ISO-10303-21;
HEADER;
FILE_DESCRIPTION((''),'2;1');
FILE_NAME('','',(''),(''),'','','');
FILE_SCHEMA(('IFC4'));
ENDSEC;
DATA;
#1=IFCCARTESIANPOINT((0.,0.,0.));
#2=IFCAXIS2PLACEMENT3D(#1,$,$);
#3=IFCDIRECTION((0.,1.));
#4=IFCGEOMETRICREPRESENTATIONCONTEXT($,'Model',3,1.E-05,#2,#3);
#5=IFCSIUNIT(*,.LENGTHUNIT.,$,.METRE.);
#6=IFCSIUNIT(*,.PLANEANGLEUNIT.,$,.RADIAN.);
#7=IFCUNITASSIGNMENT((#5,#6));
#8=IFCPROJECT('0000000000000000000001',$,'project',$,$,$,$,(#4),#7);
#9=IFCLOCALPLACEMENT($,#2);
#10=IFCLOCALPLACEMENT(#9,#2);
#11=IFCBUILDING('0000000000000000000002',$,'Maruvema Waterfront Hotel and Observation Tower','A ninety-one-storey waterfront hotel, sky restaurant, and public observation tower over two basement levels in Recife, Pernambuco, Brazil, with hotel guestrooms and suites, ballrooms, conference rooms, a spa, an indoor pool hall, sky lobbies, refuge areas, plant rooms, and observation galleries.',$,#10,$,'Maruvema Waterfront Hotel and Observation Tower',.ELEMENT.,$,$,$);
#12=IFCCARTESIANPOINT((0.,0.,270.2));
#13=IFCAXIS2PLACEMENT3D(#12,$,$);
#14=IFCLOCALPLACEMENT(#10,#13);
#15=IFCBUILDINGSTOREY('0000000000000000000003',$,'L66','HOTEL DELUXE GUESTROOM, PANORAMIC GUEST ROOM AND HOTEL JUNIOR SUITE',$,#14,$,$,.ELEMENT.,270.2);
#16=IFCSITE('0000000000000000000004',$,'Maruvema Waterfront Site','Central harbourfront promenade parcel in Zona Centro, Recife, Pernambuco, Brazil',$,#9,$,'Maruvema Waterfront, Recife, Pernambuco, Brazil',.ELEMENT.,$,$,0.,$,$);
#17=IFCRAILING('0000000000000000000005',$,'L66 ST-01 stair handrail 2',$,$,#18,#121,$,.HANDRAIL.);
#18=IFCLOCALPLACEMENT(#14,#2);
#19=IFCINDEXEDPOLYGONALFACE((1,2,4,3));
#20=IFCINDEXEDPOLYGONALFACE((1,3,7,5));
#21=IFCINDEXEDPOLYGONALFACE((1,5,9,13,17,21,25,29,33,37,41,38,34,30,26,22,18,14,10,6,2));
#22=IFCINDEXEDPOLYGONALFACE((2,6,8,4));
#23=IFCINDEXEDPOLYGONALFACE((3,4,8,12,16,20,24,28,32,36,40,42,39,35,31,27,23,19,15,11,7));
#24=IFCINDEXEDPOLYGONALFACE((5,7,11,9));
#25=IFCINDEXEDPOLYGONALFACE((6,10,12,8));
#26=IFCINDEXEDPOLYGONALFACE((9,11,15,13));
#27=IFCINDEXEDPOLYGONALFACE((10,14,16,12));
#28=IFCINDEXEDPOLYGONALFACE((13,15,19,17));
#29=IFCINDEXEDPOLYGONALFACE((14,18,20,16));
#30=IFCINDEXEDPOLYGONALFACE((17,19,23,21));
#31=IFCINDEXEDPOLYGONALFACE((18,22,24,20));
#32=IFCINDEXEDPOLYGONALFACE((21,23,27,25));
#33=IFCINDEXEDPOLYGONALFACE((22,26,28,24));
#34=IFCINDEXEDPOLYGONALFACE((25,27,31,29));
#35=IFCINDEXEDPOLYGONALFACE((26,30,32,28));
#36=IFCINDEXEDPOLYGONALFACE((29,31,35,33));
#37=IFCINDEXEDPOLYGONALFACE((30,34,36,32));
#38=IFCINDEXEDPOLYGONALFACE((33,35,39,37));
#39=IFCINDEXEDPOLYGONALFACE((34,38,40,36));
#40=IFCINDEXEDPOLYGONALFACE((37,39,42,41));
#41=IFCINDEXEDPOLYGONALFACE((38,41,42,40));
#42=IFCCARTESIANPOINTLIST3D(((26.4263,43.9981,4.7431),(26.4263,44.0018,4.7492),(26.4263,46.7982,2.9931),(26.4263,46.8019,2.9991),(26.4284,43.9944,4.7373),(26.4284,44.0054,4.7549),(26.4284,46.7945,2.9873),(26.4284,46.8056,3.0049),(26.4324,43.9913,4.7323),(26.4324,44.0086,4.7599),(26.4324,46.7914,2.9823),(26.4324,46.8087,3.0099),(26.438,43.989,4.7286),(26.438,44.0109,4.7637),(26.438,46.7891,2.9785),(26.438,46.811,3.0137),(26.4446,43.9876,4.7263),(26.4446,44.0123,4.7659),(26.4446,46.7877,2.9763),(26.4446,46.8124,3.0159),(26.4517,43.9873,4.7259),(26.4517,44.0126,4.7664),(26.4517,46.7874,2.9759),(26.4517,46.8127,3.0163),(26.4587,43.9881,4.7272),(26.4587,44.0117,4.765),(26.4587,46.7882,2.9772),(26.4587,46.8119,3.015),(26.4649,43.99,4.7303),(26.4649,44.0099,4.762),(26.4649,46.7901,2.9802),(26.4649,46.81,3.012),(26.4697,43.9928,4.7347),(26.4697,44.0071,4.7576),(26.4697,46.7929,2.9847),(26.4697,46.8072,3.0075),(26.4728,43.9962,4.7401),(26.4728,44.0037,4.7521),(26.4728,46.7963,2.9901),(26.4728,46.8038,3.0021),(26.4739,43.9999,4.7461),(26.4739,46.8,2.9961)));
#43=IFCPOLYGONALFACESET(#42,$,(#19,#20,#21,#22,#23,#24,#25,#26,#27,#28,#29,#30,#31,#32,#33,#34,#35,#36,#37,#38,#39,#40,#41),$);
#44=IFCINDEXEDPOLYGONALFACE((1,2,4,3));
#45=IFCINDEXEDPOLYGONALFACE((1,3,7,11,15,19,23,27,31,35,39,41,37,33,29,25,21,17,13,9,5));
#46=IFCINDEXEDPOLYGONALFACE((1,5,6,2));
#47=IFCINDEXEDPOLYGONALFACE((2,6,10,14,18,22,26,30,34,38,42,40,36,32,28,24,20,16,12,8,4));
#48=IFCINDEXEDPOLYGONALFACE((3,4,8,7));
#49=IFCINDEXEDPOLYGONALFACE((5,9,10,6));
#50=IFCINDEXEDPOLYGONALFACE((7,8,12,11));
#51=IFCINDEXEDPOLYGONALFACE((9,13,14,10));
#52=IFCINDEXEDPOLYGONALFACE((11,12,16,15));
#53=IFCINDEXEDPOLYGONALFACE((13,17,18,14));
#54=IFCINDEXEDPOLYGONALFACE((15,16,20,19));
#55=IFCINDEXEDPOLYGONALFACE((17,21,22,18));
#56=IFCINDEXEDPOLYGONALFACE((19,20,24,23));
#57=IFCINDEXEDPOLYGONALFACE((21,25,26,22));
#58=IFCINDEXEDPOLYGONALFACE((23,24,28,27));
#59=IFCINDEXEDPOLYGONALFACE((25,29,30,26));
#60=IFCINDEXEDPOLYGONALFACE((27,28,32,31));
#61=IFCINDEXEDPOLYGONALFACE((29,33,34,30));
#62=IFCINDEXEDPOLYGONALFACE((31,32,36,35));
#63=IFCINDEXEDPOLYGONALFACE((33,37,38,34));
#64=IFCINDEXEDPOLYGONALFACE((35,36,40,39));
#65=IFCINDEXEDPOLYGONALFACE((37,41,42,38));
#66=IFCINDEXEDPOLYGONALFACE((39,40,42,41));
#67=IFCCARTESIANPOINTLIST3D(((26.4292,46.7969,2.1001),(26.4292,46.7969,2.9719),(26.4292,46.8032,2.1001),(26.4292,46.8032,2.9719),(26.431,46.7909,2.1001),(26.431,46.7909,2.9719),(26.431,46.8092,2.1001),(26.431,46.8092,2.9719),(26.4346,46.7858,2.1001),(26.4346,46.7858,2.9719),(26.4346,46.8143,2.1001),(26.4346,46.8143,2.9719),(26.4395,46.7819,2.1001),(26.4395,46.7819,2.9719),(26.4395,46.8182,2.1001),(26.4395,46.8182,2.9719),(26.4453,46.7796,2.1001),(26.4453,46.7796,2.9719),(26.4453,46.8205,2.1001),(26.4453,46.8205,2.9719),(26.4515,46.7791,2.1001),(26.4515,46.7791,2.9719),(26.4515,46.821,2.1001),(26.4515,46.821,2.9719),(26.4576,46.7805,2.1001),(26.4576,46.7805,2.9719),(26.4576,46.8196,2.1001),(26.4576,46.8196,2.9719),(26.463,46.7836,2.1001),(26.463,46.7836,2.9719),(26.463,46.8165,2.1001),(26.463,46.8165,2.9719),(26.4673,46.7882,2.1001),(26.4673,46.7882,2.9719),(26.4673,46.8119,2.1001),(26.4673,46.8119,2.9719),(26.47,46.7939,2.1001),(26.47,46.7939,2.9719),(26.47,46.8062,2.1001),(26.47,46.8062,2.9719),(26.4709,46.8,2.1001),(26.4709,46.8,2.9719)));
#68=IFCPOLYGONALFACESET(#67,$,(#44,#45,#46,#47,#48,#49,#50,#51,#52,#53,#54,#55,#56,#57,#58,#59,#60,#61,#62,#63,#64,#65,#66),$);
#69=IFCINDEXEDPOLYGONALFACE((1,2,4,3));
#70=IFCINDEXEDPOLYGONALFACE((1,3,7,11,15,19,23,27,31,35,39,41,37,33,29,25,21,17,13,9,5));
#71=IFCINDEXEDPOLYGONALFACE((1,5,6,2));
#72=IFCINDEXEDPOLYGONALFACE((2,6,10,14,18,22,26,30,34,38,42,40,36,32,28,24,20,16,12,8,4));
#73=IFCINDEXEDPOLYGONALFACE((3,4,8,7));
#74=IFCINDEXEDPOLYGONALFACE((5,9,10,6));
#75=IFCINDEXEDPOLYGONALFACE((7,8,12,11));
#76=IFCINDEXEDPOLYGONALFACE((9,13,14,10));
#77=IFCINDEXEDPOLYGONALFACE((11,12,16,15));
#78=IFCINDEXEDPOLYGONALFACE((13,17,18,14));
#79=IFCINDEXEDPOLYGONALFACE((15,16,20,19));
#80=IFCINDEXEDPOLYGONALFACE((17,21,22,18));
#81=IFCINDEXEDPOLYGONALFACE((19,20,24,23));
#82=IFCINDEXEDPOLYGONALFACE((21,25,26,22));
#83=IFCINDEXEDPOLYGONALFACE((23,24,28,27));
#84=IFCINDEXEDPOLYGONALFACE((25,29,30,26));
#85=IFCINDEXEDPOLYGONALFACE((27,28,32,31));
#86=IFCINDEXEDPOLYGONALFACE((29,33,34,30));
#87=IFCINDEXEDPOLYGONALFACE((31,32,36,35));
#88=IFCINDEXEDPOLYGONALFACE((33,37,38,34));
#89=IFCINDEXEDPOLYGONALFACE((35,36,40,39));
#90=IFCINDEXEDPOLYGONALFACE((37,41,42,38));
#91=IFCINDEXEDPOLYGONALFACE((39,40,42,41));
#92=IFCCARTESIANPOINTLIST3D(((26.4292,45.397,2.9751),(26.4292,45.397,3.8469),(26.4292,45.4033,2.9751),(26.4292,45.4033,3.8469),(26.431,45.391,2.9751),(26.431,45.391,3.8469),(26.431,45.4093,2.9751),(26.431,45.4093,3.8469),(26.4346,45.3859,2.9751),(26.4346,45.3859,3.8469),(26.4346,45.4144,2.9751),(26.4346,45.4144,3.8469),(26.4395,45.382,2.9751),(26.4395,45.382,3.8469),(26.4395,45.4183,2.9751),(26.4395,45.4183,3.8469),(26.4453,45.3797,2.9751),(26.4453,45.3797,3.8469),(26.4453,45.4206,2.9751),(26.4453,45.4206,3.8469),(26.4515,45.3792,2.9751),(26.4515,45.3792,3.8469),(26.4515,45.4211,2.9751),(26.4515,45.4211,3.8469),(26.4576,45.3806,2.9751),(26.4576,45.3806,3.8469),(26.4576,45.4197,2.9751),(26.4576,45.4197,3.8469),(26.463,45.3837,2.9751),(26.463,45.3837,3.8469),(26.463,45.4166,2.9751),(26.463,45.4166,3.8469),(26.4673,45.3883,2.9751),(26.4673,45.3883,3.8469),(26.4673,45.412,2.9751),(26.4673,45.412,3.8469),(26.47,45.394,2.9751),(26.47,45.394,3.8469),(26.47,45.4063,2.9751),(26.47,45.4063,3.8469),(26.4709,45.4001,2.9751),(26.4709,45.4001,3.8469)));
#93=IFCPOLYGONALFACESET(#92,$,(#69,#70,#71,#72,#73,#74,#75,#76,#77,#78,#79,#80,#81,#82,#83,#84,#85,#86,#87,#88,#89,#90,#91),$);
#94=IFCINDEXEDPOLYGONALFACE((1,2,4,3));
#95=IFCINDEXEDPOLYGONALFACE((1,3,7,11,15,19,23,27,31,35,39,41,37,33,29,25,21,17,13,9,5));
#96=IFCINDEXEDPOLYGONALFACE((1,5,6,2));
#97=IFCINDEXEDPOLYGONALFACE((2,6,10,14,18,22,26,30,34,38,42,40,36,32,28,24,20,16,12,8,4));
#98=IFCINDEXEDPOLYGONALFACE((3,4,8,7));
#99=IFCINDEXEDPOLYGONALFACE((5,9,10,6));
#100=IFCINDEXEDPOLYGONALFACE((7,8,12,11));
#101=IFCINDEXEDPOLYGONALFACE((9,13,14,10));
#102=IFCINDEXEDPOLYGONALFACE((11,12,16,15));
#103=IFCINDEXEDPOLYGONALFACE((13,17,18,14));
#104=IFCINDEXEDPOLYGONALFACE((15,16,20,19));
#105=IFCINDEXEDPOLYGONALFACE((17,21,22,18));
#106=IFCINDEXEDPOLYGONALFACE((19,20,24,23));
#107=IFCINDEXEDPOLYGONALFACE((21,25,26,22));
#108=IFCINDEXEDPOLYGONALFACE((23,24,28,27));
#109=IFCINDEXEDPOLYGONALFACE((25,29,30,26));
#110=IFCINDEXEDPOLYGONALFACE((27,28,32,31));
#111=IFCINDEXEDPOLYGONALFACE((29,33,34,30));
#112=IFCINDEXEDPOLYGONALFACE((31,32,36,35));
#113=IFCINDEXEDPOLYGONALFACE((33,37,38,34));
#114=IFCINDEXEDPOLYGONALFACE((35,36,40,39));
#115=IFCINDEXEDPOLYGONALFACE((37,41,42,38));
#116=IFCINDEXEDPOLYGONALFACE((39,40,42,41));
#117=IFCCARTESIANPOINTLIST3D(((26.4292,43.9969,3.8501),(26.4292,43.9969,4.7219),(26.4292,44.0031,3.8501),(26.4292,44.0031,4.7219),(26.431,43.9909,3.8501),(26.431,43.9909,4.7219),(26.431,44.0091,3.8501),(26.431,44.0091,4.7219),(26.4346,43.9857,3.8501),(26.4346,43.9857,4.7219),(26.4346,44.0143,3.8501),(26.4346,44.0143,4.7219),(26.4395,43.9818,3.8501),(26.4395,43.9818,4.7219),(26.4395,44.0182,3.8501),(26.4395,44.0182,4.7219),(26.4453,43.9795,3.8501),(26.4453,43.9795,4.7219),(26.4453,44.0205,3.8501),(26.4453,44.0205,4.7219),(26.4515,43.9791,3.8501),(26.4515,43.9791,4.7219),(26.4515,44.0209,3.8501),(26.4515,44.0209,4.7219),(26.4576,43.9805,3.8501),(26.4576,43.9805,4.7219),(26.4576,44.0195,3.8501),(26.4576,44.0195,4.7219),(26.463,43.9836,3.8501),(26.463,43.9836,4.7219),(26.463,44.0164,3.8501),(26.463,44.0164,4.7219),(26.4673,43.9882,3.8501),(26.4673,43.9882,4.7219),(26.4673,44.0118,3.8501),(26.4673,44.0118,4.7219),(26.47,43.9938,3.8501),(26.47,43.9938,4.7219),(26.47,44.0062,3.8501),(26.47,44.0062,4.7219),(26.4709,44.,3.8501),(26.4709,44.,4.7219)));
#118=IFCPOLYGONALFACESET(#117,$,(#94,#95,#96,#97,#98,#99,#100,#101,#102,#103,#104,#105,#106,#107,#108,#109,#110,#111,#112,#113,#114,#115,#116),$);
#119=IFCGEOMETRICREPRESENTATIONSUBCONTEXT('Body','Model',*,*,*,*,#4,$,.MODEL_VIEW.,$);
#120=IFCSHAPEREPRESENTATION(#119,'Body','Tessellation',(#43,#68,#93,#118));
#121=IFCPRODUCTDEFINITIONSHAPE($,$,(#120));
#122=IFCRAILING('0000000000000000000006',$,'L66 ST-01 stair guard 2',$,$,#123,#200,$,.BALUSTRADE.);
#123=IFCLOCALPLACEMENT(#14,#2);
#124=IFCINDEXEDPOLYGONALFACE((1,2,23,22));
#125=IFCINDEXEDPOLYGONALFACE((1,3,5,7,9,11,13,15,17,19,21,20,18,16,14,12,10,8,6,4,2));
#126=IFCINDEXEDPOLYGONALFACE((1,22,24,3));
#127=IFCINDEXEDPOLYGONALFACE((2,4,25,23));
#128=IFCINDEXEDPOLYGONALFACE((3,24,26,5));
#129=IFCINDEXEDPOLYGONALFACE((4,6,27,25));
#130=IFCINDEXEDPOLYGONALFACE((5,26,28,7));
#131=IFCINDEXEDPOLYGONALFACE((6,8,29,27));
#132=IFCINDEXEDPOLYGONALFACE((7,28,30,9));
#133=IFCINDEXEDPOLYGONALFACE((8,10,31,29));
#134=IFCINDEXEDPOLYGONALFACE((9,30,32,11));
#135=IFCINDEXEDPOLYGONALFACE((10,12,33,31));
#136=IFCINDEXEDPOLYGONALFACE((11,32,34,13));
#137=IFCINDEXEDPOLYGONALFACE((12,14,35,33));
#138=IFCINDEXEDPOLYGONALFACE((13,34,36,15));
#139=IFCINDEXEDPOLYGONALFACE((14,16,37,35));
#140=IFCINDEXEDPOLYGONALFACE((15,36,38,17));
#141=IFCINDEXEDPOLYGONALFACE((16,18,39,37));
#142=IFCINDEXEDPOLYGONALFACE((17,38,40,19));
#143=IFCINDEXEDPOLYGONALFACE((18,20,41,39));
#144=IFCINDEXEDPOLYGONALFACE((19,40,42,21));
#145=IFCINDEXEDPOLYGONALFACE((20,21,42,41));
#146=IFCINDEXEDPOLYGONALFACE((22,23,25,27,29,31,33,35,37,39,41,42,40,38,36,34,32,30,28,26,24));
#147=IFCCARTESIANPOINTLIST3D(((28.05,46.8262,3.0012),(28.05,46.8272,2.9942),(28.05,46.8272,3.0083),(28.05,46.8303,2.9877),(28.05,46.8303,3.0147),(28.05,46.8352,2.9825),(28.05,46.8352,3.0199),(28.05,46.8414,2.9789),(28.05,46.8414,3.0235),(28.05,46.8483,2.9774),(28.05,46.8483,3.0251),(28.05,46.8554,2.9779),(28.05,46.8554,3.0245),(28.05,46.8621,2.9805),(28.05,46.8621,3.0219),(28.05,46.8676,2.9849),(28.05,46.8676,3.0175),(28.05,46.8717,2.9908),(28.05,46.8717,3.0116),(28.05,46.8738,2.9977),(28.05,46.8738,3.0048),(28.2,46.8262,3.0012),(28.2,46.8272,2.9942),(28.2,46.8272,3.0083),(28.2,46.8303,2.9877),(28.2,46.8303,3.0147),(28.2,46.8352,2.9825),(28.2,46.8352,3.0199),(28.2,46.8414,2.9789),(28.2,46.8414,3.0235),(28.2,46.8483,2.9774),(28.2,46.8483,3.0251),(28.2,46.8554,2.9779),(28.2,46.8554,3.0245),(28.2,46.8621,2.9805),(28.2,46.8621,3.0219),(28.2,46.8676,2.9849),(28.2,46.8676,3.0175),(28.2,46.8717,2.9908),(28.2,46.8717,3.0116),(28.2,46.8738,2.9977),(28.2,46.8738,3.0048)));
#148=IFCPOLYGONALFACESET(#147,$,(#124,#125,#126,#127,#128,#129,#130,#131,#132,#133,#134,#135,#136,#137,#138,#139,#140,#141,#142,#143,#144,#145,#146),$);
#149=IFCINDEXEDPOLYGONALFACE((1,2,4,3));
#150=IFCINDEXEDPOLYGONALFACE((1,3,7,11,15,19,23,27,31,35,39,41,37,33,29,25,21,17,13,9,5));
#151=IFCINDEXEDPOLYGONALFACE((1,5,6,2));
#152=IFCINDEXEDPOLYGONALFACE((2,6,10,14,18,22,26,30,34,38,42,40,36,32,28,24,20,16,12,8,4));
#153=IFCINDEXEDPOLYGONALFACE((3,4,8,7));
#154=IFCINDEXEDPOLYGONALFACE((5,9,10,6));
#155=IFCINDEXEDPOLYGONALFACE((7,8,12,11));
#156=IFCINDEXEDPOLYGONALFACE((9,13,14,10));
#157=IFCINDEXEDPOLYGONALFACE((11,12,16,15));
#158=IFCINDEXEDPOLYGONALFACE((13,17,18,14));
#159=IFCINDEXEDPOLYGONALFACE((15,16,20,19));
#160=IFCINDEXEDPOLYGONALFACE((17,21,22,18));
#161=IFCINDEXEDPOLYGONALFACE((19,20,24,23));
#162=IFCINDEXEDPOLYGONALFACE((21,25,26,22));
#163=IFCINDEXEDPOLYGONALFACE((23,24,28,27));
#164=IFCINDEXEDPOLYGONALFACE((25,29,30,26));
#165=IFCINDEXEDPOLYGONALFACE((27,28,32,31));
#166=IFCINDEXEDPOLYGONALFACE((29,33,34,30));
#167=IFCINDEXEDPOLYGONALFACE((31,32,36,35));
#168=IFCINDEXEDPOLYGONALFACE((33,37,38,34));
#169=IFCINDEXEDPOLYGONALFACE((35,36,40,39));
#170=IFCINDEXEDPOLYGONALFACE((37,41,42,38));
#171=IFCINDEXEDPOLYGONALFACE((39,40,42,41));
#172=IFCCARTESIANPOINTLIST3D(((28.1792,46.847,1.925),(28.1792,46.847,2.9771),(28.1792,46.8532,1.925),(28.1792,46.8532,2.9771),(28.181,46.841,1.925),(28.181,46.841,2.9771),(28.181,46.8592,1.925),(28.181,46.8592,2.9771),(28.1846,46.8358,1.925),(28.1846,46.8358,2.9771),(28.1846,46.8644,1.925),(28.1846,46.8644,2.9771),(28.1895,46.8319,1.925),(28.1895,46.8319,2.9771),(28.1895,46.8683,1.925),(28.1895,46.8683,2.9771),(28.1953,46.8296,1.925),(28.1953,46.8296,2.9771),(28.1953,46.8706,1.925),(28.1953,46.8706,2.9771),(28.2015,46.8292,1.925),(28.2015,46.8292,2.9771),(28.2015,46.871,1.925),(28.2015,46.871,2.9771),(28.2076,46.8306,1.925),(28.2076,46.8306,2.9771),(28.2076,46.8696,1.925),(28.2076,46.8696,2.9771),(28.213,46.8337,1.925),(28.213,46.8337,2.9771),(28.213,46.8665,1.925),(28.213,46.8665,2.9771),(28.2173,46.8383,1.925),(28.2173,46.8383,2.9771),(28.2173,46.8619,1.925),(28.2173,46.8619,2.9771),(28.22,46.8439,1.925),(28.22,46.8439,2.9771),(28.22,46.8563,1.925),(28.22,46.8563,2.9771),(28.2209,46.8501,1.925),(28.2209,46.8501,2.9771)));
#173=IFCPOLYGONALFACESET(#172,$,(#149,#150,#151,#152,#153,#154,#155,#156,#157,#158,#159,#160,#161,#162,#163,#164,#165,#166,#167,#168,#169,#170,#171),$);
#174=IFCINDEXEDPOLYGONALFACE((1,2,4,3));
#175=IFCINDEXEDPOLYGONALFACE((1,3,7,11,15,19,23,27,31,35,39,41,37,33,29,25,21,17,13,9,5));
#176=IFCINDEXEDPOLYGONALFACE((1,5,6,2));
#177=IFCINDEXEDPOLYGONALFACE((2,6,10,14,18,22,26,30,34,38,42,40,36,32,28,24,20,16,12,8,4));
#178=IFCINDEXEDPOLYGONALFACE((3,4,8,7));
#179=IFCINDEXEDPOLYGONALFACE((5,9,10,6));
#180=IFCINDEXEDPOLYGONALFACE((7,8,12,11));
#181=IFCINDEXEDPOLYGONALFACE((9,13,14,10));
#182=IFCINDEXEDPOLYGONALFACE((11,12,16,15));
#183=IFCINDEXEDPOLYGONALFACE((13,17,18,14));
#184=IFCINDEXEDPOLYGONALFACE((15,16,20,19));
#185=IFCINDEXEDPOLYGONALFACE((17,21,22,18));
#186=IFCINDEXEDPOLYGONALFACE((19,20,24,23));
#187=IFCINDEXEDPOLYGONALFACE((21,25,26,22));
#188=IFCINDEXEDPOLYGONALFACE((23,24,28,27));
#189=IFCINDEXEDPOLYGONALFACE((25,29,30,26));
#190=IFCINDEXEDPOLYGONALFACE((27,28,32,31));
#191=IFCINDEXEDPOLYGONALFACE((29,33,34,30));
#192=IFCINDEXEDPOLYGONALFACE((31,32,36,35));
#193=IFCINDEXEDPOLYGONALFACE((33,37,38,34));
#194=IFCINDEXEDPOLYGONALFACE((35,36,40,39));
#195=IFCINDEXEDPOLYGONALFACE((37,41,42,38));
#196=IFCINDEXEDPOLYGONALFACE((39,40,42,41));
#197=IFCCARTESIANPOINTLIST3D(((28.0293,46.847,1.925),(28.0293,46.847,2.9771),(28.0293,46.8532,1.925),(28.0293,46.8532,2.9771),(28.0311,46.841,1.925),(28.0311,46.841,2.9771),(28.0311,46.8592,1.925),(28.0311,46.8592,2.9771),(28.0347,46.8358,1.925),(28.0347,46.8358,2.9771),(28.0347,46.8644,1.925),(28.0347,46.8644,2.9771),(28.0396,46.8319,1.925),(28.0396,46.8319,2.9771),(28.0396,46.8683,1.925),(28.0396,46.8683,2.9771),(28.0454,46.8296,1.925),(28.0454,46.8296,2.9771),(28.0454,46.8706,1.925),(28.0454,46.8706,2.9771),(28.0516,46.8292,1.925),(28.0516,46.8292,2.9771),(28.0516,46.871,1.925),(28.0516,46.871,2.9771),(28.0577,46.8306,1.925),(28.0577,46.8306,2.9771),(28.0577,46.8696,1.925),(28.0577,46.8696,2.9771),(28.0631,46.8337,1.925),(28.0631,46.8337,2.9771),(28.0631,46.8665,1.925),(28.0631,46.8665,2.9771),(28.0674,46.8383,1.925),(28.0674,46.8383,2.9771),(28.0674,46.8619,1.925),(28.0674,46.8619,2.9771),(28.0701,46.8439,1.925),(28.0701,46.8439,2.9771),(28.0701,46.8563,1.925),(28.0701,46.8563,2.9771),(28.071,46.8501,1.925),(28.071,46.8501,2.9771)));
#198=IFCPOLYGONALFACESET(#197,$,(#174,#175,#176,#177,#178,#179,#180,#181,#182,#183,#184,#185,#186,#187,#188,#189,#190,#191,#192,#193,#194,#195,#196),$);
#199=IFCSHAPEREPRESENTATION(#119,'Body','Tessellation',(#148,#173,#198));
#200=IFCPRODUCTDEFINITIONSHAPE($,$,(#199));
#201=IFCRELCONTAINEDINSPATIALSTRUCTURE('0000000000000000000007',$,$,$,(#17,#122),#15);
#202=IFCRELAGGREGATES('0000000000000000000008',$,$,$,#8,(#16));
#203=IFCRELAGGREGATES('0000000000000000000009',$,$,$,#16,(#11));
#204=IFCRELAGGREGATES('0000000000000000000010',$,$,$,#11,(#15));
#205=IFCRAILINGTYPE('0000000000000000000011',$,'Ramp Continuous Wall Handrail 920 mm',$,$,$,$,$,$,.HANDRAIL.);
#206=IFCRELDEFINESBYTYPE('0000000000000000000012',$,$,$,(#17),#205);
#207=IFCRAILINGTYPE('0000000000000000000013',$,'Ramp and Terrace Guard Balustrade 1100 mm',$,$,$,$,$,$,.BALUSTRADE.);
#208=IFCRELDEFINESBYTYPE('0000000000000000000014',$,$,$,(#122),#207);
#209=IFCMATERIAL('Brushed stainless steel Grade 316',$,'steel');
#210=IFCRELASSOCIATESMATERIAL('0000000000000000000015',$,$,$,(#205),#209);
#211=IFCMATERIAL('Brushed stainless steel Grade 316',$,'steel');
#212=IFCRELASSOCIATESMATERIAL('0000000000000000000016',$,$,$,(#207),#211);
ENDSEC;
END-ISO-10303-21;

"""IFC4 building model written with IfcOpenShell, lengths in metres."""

from ifc_helpers import new_model, si_unit, direction, frame, origin, origin_2d, place, context, subcontext, project, spatial, circle, extrude, material, type_object, element, save


model = new_model("IFC4")

# Units and contexts
model_context = context("Model", 3, precision=1e-05, world=origin(), true_north=direction((0.0, 1.0)))
body_context = subcontext(model_context, "Body", "Model", "MODEL_VIEW")
ifc_project = project(units=[si_unit("LENGTHUNIT", "METRE"), si_unit("PLANEANGLEUNIT", "RADIAN")], contexts=[model_context])

# Site, building, storey
site_placement = place(None, origin())
site = spatial("IfcSite", under=ifc_project, at=site_placement, Name="Maruvema Waterfront Site", Description="Central harbourfront promenade parcel in Zona Centro, Recife, Pernambuco, Brazil", LongName="Maruvema Waterfront, Recife, Pernambuco, Brazil", CompositionType="ELEMENT", RefElevation=0.0)
building_placement = place(site_placement, origin())
building = spatial("IfcBuilding", under=site, at=building_placement, Name="Maruvema Waterfront Hotel and Observation Tower", Description="A ninety-one-storey waterfront hotel, sky restaurant, and public observation tower over two basement levels in Recife, Pernambuco, Brazil, with hotel guestrooms and suites, ballrooms, conference rooms, a spa, an indoor pool hall, sky lobbies, refuge areas, plant rooms, and observation galleries.", LongName="Maruvema Waterfront Hotel and Observation Tower", CompositionType="ELEMENT")
storey_placement = place(building_placement, frame((0.0, 0.0, 270.2)))
storey = spatial("IfcBuildingStorey", under=building, at=storey_placement, Name="L66", Description="HOTEL DELUXE GUESTROOM, PANORAMIC GUEST ROOM AND HOTEL JUNIOR SUITE", CompositionType="ELEMENT", Elevation=270.2)

# Railings
ifc_material_1 = material(Name="Brushed stainless steel Grade 316", Category="steel")
railing_type_1 = type_object("IfcRailingType", Name="Ramp Continuous Wall Handrail 920 mm", PredefinedType="HANDRAIL", material=ifc_material_1)
railing_1_placement = place(storey_placement, frame((26.45, 46.8, 2.1001)))
element("IfcRailing", 1, at=railing_1_placement, inside=storey, type_object=railing_type_1, Name="L66 ST-01 stair handrail 2", PredefinedType="HANDRAIL", context=body_context, shape_type="SweptSolid", body=[
    extrude(circle(Radius=0.0239, at=origin_2d()), frame((0.0, 0.0, 0.896), z_axis=(0.0, -0.848002, 0.529992), x_axis=(1.0, 0.0, 0.0)), (0.0, 0.0, 1.0), 3.302),
    extrude(circle(Radius=0.021, at=origin_2d()), origin(), (0.0, 0.0, 1.0), 0.8718),
    extrude(circle(Radius=0.021, at=origin_2d()), frame((0.0, -1.3999, 0.875)), (0.0, 0.0, 1.0), 0.8718),
    extrude(circle(Radius=0.021, at=origin_2d()), frame((0.0, -2.8, 1.75)), (0.0, 0.0, 1.0), 0.8718),
])
ifc_material_2 = material(Name="Brushed stainless steel Grade 316", Category="steel")
railing_type_2 = type_object("IfcRailingType", Name="Ramp and Terrace Guard Balustrade 1100 mm", PredefinedType="BALUSTRADE", material=ifc_material_2)
railing_2_placement = place(storey_placement, frame((28.2, 46.8501, 1.925)))
element("IfcRailing", 2, at=railing_2_placement, inside=storey, type_object=railing_type_2, Name="L66 ST-01 stair guard 2", PredefinedType="BALUSTRADE", context=body_context, shape_type="SweptSolid", body=[
    extrude(circle(Radius=0.0239, at=origin_2d()), frame((0.0, 0.0, 1.0762), z_axis=(-1.0, 0.0, 0.0), x_axis=(0.0, -1.0, 0.0)), (0.0, 0.0, 1.0), 0.1499),
    extrude(circle(Radius=0.021, at=origin_2d()), origin(), (0.0, 0.0, 1.0), 1.052),
    extrude(circle(Radius=0.021, at=origin_2d()), frame((-0.1499, 0.0, 0.0)), (0.0, 0.0, 1.0), 1.052),
])

save(model, "model.ifc")
